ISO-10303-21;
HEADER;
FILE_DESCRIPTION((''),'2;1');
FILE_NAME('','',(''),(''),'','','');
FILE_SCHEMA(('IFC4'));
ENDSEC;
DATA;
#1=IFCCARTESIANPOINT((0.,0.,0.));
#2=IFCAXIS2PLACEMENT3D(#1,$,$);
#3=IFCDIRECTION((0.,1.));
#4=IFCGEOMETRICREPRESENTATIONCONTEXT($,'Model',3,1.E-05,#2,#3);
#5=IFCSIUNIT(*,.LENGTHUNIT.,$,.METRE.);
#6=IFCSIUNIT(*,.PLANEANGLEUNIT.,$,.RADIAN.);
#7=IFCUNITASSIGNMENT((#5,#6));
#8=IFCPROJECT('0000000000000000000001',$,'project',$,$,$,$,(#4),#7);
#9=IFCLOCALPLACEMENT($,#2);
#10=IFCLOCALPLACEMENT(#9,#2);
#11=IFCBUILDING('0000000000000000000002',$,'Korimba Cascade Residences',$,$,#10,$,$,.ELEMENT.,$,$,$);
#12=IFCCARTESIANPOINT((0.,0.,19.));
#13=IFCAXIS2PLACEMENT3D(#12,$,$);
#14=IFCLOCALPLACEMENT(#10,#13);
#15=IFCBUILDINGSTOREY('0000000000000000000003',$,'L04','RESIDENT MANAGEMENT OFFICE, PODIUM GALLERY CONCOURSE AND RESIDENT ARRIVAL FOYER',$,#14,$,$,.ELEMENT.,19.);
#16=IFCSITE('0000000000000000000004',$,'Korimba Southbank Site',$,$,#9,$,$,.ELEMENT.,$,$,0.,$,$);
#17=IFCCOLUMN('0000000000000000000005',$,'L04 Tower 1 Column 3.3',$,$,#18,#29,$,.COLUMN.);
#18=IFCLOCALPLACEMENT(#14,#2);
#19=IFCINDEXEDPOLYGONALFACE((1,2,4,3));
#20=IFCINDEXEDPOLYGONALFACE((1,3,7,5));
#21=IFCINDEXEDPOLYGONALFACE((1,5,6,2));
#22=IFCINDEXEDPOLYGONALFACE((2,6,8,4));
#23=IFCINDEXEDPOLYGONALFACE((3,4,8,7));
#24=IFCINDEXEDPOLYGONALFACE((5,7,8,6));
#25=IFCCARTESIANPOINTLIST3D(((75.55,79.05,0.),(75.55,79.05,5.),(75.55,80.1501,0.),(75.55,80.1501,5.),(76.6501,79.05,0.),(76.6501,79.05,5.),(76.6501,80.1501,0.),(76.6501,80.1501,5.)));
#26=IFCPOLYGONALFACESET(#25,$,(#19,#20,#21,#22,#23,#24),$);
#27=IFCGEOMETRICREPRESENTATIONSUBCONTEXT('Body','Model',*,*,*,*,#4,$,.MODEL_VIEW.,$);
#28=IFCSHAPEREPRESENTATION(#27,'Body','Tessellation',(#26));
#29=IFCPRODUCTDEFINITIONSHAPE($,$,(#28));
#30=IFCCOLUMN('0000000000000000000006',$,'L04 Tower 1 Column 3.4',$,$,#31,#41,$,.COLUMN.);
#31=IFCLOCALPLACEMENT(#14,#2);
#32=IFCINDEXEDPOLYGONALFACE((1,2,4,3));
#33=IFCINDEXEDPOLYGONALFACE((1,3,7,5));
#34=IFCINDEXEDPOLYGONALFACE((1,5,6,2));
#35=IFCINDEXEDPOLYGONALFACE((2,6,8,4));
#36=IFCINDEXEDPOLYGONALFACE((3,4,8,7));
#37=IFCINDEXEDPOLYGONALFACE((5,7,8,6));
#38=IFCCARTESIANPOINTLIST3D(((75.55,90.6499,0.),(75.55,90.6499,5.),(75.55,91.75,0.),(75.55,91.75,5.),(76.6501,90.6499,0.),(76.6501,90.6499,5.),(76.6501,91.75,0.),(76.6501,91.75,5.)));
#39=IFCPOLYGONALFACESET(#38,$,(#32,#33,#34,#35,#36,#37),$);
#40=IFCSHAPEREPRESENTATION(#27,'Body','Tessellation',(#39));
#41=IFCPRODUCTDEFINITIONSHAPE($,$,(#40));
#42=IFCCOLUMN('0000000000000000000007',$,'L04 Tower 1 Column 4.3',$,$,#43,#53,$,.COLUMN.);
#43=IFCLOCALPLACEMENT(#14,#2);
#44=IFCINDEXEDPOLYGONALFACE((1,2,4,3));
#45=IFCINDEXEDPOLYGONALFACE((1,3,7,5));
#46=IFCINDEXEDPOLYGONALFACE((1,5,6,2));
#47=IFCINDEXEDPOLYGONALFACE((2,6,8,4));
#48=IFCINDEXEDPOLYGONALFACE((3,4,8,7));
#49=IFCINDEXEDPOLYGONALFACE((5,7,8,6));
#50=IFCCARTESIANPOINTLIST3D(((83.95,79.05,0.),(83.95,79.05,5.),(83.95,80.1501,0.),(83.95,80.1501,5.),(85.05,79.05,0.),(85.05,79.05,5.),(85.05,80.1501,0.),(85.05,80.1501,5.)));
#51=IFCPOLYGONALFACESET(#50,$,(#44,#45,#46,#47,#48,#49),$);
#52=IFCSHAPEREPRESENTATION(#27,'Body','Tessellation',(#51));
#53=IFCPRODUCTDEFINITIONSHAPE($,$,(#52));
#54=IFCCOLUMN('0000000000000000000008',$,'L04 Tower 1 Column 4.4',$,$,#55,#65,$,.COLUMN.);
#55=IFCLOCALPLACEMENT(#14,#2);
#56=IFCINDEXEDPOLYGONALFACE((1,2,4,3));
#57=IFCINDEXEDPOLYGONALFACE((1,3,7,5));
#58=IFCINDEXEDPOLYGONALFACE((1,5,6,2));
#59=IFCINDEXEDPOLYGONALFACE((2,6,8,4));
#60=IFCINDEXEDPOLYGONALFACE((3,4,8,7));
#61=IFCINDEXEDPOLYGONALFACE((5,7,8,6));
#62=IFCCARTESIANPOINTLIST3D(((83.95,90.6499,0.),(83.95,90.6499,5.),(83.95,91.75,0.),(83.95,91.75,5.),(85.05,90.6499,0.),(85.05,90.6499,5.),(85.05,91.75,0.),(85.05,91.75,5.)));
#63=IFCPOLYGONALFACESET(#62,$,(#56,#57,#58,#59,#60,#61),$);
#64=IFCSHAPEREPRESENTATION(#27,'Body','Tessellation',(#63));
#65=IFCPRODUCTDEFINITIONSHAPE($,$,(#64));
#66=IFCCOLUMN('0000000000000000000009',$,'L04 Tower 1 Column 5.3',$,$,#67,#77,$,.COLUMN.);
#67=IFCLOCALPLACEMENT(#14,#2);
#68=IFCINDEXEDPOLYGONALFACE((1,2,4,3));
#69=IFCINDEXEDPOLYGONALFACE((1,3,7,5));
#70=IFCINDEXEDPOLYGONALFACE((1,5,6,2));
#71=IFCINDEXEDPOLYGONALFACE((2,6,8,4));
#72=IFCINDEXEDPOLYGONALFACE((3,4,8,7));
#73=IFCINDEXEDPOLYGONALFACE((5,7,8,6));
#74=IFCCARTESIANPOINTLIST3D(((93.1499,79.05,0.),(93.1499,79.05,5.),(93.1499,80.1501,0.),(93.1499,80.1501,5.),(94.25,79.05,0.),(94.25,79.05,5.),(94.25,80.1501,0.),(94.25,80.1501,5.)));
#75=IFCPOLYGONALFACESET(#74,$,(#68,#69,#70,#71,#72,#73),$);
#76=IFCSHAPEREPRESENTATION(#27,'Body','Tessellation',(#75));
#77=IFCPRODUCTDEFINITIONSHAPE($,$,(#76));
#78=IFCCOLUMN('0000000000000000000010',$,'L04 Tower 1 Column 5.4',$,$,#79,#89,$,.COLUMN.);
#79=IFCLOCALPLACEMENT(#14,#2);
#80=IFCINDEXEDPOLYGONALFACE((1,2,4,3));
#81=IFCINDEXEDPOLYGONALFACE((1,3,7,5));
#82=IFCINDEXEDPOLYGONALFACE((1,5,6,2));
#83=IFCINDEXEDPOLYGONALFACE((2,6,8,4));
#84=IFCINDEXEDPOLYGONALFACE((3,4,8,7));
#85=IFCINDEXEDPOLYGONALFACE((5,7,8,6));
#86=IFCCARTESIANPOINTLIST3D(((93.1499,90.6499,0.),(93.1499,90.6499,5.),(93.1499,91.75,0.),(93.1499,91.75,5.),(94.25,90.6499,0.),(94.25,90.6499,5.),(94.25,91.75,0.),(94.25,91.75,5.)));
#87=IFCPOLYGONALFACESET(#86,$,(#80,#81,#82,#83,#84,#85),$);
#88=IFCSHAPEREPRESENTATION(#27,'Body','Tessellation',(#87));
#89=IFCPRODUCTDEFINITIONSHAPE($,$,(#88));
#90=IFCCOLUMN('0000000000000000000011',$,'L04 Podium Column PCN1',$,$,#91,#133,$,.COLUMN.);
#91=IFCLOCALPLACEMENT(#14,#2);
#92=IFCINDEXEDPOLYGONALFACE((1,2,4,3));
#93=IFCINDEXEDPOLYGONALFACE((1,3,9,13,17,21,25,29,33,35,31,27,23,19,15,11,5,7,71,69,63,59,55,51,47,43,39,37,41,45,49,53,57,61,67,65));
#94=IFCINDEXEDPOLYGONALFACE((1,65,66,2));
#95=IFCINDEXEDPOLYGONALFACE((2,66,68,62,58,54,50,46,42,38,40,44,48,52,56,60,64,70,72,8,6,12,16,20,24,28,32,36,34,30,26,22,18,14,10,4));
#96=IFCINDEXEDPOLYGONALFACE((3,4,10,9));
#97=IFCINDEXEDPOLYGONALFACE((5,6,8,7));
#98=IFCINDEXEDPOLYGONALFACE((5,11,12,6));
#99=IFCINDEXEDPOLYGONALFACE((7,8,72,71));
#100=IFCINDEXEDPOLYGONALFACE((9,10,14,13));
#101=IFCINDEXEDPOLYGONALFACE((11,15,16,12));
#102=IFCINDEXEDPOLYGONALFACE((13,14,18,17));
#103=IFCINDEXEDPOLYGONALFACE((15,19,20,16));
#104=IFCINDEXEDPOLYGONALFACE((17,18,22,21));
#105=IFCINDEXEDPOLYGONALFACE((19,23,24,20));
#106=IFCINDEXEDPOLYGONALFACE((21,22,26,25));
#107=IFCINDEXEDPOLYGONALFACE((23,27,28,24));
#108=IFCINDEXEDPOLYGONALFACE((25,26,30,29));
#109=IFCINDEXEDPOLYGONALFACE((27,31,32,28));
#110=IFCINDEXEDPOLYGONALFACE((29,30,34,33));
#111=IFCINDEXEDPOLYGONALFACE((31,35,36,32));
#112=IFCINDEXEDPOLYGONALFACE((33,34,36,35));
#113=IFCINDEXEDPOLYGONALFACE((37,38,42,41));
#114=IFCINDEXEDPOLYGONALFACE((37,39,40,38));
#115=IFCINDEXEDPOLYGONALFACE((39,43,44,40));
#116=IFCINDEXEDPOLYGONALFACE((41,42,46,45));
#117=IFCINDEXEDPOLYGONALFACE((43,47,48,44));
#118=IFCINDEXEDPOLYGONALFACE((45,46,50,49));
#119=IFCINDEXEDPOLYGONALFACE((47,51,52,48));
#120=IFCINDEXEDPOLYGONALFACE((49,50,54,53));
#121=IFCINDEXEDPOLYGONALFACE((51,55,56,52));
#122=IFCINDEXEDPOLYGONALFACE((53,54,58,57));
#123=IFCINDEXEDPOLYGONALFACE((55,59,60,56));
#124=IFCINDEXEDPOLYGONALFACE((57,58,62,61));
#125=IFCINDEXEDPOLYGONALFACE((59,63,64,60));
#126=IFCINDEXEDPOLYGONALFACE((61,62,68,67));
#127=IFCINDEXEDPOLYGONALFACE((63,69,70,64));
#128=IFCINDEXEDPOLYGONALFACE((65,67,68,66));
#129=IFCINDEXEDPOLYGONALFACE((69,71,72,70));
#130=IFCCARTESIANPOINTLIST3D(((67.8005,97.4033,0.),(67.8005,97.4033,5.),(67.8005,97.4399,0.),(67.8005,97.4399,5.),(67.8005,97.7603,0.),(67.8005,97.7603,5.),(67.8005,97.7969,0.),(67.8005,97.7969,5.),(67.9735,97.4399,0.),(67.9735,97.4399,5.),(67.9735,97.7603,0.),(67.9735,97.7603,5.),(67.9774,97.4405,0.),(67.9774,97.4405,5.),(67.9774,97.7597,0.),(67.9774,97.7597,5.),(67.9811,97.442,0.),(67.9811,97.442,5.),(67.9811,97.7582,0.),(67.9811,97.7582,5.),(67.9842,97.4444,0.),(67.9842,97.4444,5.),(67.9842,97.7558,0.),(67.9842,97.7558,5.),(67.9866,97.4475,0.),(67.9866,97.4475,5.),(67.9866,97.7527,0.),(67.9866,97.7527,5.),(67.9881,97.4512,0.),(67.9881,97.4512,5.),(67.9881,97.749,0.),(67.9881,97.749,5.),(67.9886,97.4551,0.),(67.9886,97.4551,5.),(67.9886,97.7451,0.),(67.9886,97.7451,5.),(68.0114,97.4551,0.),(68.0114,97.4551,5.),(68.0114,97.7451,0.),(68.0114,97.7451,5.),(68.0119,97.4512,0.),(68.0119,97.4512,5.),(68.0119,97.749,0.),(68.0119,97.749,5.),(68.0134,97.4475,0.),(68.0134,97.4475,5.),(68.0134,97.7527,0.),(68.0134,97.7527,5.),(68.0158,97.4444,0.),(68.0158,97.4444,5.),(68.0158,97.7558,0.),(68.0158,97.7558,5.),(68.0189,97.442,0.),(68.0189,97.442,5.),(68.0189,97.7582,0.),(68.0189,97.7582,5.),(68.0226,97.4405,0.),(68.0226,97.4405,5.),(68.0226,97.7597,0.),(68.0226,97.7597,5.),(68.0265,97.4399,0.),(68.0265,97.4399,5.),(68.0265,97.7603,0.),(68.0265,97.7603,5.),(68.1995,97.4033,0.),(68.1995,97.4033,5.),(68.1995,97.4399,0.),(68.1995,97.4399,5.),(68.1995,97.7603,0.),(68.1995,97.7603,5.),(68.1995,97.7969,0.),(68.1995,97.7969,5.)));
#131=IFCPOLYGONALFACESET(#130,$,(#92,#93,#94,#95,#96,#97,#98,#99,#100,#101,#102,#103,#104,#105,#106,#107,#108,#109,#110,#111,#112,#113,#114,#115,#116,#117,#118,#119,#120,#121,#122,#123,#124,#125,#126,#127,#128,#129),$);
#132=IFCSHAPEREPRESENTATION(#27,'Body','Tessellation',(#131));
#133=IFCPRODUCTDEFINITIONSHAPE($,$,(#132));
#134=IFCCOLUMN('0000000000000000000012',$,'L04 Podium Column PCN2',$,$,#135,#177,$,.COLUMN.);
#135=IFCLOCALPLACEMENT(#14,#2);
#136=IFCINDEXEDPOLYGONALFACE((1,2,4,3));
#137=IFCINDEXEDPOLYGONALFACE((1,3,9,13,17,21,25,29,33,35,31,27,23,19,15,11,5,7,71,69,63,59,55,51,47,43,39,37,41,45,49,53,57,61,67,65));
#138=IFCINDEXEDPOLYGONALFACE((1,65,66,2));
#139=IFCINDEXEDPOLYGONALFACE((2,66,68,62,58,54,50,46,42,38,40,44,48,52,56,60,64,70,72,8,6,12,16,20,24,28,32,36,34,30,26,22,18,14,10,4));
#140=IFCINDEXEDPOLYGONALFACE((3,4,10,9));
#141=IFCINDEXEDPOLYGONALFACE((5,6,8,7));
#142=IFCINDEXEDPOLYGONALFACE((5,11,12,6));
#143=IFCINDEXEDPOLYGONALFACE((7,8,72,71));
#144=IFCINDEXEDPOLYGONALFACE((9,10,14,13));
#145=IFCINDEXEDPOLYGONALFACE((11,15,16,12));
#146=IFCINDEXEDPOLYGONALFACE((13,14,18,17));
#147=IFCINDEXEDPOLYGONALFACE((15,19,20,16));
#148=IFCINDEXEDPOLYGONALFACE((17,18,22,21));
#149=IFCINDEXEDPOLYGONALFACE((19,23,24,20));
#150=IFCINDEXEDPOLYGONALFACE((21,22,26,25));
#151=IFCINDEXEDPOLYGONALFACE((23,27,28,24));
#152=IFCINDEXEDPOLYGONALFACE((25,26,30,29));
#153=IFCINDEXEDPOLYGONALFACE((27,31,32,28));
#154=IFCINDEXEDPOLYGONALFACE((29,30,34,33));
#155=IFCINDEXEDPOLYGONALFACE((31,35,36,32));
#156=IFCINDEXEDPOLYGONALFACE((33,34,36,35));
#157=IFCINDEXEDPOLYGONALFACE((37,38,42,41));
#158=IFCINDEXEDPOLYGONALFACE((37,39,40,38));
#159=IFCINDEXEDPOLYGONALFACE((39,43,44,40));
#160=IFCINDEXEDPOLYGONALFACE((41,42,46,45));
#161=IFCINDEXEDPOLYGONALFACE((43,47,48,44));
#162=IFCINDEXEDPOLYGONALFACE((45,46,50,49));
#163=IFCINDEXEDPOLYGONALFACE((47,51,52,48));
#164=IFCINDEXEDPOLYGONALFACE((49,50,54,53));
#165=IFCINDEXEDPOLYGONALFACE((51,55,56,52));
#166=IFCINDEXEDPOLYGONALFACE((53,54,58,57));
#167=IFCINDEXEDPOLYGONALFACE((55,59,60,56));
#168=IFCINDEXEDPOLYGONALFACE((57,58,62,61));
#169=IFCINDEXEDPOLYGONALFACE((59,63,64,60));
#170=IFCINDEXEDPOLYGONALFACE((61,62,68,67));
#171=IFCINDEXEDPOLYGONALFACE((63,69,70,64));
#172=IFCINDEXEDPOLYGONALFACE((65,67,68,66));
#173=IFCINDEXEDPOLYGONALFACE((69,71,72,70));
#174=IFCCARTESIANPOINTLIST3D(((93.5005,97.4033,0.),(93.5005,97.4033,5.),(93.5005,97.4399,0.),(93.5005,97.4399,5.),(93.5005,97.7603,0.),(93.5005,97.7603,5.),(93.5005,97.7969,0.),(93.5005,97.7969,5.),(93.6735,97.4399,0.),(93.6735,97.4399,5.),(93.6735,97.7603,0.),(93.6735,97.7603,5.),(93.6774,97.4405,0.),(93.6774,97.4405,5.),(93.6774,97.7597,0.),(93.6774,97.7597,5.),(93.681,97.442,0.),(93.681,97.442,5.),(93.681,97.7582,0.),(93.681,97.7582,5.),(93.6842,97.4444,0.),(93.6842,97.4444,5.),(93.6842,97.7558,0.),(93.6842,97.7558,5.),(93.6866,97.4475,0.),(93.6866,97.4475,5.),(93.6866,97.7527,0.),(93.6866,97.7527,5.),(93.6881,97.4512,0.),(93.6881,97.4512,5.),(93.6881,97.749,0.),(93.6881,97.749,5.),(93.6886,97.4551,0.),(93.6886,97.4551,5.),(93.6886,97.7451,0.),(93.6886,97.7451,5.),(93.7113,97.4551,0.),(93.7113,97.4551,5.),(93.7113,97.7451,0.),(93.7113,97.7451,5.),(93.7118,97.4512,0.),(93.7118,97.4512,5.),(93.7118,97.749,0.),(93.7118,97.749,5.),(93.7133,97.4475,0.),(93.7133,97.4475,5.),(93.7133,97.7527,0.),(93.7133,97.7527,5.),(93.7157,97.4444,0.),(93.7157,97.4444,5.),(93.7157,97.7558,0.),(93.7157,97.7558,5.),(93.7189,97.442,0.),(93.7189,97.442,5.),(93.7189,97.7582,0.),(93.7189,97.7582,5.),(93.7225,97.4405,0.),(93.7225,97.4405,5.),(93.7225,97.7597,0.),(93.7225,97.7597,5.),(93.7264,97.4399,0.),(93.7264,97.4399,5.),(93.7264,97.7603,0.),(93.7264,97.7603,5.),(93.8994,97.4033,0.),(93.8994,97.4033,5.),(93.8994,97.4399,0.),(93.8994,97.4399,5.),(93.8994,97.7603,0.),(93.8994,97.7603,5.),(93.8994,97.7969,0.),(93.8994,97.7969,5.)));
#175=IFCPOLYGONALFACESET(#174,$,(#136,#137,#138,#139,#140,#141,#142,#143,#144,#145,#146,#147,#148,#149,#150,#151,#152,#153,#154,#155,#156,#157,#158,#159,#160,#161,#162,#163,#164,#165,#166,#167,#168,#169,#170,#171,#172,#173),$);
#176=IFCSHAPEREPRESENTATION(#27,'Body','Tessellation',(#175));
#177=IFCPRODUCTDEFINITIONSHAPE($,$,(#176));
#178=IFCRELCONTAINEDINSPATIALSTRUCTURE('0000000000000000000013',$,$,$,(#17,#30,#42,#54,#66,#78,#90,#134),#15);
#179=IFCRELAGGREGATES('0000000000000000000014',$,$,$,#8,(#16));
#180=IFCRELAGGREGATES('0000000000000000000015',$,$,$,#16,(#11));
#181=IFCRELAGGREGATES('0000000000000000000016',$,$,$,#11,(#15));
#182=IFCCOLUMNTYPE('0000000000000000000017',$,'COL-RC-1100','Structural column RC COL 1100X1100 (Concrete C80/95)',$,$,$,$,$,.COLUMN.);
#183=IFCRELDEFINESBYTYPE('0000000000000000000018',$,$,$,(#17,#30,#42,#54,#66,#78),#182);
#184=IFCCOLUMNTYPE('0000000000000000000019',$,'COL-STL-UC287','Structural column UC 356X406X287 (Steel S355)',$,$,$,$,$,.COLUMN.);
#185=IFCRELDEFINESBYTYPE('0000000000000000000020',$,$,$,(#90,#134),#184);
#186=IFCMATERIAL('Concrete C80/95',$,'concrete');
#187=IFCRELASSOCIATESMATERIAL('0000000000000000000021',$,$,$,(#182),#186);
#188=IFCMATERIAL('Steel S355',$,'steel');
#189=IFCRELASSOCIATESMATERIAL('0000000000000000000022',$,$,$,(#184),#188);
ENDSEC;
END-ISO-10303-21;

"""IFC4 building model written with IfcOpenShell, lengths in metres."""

from ifc_helpers import new_model, si_unit, direction, frame, origin, origin_2d, place, context, subcontext, project, spatial, rectangle, i_section, extrude, material, material_profile, profile_set, type_object, element, save


model = new_model("IFC4")

# Units and contexts
model_context = context("Model", 3, precision=1e-05, world=origin(), true_north=direction((0.0, 1.0)))
body_context = subcontext(model_context, "Body", "Model", "MODEL_VIEW")
ifc_project = project(units=[si_unit("LENGTHUNIT", "METRE"), si_unit("PLANEANGLEUNIT", "RADIAN")], contexts=[model_context])

# Site, building, storey
site_placement = place(None, origin())
site = spatial("IfcSite", under=ifc_project, at=site_placement, Name="Korimba Southbank Site", CompositionType="ELEMENT", RefElevation=0.0)
building_placement = place(site_placement, origin())
building = spatial("IfcBuilding", under=site, at=building_placement, Name="Korimba Cascade Residences", CompositionType="ELEMENT")
storey_placement = place(building_placement, frame((0.0, 0.0, 19.0)))
storey = spatial("IfcBuildingStorey", under=building, at=storey_placement, Name="L04", Description="RESIDENT MANAGEMENT OFFICE, PODIUM GALLERY CONCOURSE AND RESIDENT ARRIVAL FOYER", CompositionType="ELEMENT", Elevation=19.0)

# Columns
ifc_material_1 = material(Name="Concrete C80/95", Category="concrete")
ifc_material_profile_1 = material_profile(ifc_material_1, rectangle(XDim=1.1001, YDim=1.1001, at=origin_2d()), Name="Concrete C80/95")
ifc_profile_set_1 = profile_set([ifc_material_profile_1], Name="Concrete C80/95")
column_type_1 = type_object("IfcColumnType", Name="COL-RC-1100", Description="Structural column RC COL 1100X1100 (Concrete C80/95)", PredefinedType="COLUMN", material=ifc_profile_set_1)
for number, where, z_axis, x_axis, name in (
    (1, (76.1001, 79.6001, 0.0), (0.0, 0.0, 1.0), (1.0, 0.0, 0.0), "L04 Tower 1 Column 3.3"),
    (2, (76.1001, 91.2, 0.0), (0.0, 0.0, 1.0), (1.0, 0.0, 0.0), "L04 Tower 1 Column 3.4"),
    (3, (84.5, 79.6001, 0.0), (0.0, 0.0, 1.0), (1.0, 0.0, 0.0), "L04 Tower 1 Column 4.3"),
    (4, (84.5, 91.2, 0.0), (0.0, 0.0, 1.0), (1.0, 0.0, 0.0), "L04 Tower 1 Column 4.4"),
    (5, (93.7, 79.6001, 0.0), (0.0, 0.0, 1.0), (1.0, 0.0, 0.0), "L04 Tower 1 Column 5.3"),
    (6, (93.7, 91.2, 0.0), (0.0, 0.0, 1.0), (1.0, 0.0, 0.0), "L04 Tower 1 Column 5.4"),
):
    element("IfcColumn", number, at=place(storey_placement, frame(where, z_axis=z_axis, x_axis=x_axis)), inside=storey, type_object=column_type_1, Name=name, PredefinedType="COLUMN", context=body_context, shape_type="SweptSolid", body=[
        extrude(rectangle(XDim=1.1001, YDim=1.1001, at=origin_2d()), origin(), (0.0, 0.0, 1.0), 5.0),
    ])
ifc_material_2 = material(Name="Steel S355", Category="steel")
ifc_material_profile_2 = material_profile(ifc_material_2, i_section(OverallWidth=0.3989, OverallDepth=0.3936, WebThickness=0.0227, FlangeThickness=0.0366, FilletRadius=0.0151, at=origin_2d()), Name="Steel S355")
ifc_profile_set_2 = profile_set([ifc_material_profile_2], Name="Steel S355")
column_type_2 = type_object("IfcColumnType", Name="COL-STL-UC287", Description="Structural column UC 356X406X287 (Steel S355)", PredefinedType="COLUMN", material=ifc_profile_set_2)
for number, where, z_axis, x_axis, name in (
    (7, (68.0, 97.6001, 0.0), (0.0, 0.0, 1.0), (1.0, 0.0, 0.0), "L04 Podium Column PCN1"),
    (8, (93.7, 97.6001, 0.0), (0.0, 0.0, 1.0), (1.0, 0.0, 0.0), "L04 Podium Column PCN2"),
):
    element("IfcColumn", number, at=place(storey_placement, frame(where, z_axis=z_axis, x_axis=x_axis)), inside=storey, type_object=column_type_2, Name=name, PredefinedType="COLUMN", context=body_context, shape_type="SweptSolid", body=[
        extrude(i_section(OverallWidth=0.3989, OverallDepth=0.3936, WebThickness=0.0227, FlangeThickness=0.0366, FilletRadius=0.0151, at=origin_2d()), origin(), (0.0, 0.0, 1.0), 5.0),
    ])

save(model, "model.ifc")
